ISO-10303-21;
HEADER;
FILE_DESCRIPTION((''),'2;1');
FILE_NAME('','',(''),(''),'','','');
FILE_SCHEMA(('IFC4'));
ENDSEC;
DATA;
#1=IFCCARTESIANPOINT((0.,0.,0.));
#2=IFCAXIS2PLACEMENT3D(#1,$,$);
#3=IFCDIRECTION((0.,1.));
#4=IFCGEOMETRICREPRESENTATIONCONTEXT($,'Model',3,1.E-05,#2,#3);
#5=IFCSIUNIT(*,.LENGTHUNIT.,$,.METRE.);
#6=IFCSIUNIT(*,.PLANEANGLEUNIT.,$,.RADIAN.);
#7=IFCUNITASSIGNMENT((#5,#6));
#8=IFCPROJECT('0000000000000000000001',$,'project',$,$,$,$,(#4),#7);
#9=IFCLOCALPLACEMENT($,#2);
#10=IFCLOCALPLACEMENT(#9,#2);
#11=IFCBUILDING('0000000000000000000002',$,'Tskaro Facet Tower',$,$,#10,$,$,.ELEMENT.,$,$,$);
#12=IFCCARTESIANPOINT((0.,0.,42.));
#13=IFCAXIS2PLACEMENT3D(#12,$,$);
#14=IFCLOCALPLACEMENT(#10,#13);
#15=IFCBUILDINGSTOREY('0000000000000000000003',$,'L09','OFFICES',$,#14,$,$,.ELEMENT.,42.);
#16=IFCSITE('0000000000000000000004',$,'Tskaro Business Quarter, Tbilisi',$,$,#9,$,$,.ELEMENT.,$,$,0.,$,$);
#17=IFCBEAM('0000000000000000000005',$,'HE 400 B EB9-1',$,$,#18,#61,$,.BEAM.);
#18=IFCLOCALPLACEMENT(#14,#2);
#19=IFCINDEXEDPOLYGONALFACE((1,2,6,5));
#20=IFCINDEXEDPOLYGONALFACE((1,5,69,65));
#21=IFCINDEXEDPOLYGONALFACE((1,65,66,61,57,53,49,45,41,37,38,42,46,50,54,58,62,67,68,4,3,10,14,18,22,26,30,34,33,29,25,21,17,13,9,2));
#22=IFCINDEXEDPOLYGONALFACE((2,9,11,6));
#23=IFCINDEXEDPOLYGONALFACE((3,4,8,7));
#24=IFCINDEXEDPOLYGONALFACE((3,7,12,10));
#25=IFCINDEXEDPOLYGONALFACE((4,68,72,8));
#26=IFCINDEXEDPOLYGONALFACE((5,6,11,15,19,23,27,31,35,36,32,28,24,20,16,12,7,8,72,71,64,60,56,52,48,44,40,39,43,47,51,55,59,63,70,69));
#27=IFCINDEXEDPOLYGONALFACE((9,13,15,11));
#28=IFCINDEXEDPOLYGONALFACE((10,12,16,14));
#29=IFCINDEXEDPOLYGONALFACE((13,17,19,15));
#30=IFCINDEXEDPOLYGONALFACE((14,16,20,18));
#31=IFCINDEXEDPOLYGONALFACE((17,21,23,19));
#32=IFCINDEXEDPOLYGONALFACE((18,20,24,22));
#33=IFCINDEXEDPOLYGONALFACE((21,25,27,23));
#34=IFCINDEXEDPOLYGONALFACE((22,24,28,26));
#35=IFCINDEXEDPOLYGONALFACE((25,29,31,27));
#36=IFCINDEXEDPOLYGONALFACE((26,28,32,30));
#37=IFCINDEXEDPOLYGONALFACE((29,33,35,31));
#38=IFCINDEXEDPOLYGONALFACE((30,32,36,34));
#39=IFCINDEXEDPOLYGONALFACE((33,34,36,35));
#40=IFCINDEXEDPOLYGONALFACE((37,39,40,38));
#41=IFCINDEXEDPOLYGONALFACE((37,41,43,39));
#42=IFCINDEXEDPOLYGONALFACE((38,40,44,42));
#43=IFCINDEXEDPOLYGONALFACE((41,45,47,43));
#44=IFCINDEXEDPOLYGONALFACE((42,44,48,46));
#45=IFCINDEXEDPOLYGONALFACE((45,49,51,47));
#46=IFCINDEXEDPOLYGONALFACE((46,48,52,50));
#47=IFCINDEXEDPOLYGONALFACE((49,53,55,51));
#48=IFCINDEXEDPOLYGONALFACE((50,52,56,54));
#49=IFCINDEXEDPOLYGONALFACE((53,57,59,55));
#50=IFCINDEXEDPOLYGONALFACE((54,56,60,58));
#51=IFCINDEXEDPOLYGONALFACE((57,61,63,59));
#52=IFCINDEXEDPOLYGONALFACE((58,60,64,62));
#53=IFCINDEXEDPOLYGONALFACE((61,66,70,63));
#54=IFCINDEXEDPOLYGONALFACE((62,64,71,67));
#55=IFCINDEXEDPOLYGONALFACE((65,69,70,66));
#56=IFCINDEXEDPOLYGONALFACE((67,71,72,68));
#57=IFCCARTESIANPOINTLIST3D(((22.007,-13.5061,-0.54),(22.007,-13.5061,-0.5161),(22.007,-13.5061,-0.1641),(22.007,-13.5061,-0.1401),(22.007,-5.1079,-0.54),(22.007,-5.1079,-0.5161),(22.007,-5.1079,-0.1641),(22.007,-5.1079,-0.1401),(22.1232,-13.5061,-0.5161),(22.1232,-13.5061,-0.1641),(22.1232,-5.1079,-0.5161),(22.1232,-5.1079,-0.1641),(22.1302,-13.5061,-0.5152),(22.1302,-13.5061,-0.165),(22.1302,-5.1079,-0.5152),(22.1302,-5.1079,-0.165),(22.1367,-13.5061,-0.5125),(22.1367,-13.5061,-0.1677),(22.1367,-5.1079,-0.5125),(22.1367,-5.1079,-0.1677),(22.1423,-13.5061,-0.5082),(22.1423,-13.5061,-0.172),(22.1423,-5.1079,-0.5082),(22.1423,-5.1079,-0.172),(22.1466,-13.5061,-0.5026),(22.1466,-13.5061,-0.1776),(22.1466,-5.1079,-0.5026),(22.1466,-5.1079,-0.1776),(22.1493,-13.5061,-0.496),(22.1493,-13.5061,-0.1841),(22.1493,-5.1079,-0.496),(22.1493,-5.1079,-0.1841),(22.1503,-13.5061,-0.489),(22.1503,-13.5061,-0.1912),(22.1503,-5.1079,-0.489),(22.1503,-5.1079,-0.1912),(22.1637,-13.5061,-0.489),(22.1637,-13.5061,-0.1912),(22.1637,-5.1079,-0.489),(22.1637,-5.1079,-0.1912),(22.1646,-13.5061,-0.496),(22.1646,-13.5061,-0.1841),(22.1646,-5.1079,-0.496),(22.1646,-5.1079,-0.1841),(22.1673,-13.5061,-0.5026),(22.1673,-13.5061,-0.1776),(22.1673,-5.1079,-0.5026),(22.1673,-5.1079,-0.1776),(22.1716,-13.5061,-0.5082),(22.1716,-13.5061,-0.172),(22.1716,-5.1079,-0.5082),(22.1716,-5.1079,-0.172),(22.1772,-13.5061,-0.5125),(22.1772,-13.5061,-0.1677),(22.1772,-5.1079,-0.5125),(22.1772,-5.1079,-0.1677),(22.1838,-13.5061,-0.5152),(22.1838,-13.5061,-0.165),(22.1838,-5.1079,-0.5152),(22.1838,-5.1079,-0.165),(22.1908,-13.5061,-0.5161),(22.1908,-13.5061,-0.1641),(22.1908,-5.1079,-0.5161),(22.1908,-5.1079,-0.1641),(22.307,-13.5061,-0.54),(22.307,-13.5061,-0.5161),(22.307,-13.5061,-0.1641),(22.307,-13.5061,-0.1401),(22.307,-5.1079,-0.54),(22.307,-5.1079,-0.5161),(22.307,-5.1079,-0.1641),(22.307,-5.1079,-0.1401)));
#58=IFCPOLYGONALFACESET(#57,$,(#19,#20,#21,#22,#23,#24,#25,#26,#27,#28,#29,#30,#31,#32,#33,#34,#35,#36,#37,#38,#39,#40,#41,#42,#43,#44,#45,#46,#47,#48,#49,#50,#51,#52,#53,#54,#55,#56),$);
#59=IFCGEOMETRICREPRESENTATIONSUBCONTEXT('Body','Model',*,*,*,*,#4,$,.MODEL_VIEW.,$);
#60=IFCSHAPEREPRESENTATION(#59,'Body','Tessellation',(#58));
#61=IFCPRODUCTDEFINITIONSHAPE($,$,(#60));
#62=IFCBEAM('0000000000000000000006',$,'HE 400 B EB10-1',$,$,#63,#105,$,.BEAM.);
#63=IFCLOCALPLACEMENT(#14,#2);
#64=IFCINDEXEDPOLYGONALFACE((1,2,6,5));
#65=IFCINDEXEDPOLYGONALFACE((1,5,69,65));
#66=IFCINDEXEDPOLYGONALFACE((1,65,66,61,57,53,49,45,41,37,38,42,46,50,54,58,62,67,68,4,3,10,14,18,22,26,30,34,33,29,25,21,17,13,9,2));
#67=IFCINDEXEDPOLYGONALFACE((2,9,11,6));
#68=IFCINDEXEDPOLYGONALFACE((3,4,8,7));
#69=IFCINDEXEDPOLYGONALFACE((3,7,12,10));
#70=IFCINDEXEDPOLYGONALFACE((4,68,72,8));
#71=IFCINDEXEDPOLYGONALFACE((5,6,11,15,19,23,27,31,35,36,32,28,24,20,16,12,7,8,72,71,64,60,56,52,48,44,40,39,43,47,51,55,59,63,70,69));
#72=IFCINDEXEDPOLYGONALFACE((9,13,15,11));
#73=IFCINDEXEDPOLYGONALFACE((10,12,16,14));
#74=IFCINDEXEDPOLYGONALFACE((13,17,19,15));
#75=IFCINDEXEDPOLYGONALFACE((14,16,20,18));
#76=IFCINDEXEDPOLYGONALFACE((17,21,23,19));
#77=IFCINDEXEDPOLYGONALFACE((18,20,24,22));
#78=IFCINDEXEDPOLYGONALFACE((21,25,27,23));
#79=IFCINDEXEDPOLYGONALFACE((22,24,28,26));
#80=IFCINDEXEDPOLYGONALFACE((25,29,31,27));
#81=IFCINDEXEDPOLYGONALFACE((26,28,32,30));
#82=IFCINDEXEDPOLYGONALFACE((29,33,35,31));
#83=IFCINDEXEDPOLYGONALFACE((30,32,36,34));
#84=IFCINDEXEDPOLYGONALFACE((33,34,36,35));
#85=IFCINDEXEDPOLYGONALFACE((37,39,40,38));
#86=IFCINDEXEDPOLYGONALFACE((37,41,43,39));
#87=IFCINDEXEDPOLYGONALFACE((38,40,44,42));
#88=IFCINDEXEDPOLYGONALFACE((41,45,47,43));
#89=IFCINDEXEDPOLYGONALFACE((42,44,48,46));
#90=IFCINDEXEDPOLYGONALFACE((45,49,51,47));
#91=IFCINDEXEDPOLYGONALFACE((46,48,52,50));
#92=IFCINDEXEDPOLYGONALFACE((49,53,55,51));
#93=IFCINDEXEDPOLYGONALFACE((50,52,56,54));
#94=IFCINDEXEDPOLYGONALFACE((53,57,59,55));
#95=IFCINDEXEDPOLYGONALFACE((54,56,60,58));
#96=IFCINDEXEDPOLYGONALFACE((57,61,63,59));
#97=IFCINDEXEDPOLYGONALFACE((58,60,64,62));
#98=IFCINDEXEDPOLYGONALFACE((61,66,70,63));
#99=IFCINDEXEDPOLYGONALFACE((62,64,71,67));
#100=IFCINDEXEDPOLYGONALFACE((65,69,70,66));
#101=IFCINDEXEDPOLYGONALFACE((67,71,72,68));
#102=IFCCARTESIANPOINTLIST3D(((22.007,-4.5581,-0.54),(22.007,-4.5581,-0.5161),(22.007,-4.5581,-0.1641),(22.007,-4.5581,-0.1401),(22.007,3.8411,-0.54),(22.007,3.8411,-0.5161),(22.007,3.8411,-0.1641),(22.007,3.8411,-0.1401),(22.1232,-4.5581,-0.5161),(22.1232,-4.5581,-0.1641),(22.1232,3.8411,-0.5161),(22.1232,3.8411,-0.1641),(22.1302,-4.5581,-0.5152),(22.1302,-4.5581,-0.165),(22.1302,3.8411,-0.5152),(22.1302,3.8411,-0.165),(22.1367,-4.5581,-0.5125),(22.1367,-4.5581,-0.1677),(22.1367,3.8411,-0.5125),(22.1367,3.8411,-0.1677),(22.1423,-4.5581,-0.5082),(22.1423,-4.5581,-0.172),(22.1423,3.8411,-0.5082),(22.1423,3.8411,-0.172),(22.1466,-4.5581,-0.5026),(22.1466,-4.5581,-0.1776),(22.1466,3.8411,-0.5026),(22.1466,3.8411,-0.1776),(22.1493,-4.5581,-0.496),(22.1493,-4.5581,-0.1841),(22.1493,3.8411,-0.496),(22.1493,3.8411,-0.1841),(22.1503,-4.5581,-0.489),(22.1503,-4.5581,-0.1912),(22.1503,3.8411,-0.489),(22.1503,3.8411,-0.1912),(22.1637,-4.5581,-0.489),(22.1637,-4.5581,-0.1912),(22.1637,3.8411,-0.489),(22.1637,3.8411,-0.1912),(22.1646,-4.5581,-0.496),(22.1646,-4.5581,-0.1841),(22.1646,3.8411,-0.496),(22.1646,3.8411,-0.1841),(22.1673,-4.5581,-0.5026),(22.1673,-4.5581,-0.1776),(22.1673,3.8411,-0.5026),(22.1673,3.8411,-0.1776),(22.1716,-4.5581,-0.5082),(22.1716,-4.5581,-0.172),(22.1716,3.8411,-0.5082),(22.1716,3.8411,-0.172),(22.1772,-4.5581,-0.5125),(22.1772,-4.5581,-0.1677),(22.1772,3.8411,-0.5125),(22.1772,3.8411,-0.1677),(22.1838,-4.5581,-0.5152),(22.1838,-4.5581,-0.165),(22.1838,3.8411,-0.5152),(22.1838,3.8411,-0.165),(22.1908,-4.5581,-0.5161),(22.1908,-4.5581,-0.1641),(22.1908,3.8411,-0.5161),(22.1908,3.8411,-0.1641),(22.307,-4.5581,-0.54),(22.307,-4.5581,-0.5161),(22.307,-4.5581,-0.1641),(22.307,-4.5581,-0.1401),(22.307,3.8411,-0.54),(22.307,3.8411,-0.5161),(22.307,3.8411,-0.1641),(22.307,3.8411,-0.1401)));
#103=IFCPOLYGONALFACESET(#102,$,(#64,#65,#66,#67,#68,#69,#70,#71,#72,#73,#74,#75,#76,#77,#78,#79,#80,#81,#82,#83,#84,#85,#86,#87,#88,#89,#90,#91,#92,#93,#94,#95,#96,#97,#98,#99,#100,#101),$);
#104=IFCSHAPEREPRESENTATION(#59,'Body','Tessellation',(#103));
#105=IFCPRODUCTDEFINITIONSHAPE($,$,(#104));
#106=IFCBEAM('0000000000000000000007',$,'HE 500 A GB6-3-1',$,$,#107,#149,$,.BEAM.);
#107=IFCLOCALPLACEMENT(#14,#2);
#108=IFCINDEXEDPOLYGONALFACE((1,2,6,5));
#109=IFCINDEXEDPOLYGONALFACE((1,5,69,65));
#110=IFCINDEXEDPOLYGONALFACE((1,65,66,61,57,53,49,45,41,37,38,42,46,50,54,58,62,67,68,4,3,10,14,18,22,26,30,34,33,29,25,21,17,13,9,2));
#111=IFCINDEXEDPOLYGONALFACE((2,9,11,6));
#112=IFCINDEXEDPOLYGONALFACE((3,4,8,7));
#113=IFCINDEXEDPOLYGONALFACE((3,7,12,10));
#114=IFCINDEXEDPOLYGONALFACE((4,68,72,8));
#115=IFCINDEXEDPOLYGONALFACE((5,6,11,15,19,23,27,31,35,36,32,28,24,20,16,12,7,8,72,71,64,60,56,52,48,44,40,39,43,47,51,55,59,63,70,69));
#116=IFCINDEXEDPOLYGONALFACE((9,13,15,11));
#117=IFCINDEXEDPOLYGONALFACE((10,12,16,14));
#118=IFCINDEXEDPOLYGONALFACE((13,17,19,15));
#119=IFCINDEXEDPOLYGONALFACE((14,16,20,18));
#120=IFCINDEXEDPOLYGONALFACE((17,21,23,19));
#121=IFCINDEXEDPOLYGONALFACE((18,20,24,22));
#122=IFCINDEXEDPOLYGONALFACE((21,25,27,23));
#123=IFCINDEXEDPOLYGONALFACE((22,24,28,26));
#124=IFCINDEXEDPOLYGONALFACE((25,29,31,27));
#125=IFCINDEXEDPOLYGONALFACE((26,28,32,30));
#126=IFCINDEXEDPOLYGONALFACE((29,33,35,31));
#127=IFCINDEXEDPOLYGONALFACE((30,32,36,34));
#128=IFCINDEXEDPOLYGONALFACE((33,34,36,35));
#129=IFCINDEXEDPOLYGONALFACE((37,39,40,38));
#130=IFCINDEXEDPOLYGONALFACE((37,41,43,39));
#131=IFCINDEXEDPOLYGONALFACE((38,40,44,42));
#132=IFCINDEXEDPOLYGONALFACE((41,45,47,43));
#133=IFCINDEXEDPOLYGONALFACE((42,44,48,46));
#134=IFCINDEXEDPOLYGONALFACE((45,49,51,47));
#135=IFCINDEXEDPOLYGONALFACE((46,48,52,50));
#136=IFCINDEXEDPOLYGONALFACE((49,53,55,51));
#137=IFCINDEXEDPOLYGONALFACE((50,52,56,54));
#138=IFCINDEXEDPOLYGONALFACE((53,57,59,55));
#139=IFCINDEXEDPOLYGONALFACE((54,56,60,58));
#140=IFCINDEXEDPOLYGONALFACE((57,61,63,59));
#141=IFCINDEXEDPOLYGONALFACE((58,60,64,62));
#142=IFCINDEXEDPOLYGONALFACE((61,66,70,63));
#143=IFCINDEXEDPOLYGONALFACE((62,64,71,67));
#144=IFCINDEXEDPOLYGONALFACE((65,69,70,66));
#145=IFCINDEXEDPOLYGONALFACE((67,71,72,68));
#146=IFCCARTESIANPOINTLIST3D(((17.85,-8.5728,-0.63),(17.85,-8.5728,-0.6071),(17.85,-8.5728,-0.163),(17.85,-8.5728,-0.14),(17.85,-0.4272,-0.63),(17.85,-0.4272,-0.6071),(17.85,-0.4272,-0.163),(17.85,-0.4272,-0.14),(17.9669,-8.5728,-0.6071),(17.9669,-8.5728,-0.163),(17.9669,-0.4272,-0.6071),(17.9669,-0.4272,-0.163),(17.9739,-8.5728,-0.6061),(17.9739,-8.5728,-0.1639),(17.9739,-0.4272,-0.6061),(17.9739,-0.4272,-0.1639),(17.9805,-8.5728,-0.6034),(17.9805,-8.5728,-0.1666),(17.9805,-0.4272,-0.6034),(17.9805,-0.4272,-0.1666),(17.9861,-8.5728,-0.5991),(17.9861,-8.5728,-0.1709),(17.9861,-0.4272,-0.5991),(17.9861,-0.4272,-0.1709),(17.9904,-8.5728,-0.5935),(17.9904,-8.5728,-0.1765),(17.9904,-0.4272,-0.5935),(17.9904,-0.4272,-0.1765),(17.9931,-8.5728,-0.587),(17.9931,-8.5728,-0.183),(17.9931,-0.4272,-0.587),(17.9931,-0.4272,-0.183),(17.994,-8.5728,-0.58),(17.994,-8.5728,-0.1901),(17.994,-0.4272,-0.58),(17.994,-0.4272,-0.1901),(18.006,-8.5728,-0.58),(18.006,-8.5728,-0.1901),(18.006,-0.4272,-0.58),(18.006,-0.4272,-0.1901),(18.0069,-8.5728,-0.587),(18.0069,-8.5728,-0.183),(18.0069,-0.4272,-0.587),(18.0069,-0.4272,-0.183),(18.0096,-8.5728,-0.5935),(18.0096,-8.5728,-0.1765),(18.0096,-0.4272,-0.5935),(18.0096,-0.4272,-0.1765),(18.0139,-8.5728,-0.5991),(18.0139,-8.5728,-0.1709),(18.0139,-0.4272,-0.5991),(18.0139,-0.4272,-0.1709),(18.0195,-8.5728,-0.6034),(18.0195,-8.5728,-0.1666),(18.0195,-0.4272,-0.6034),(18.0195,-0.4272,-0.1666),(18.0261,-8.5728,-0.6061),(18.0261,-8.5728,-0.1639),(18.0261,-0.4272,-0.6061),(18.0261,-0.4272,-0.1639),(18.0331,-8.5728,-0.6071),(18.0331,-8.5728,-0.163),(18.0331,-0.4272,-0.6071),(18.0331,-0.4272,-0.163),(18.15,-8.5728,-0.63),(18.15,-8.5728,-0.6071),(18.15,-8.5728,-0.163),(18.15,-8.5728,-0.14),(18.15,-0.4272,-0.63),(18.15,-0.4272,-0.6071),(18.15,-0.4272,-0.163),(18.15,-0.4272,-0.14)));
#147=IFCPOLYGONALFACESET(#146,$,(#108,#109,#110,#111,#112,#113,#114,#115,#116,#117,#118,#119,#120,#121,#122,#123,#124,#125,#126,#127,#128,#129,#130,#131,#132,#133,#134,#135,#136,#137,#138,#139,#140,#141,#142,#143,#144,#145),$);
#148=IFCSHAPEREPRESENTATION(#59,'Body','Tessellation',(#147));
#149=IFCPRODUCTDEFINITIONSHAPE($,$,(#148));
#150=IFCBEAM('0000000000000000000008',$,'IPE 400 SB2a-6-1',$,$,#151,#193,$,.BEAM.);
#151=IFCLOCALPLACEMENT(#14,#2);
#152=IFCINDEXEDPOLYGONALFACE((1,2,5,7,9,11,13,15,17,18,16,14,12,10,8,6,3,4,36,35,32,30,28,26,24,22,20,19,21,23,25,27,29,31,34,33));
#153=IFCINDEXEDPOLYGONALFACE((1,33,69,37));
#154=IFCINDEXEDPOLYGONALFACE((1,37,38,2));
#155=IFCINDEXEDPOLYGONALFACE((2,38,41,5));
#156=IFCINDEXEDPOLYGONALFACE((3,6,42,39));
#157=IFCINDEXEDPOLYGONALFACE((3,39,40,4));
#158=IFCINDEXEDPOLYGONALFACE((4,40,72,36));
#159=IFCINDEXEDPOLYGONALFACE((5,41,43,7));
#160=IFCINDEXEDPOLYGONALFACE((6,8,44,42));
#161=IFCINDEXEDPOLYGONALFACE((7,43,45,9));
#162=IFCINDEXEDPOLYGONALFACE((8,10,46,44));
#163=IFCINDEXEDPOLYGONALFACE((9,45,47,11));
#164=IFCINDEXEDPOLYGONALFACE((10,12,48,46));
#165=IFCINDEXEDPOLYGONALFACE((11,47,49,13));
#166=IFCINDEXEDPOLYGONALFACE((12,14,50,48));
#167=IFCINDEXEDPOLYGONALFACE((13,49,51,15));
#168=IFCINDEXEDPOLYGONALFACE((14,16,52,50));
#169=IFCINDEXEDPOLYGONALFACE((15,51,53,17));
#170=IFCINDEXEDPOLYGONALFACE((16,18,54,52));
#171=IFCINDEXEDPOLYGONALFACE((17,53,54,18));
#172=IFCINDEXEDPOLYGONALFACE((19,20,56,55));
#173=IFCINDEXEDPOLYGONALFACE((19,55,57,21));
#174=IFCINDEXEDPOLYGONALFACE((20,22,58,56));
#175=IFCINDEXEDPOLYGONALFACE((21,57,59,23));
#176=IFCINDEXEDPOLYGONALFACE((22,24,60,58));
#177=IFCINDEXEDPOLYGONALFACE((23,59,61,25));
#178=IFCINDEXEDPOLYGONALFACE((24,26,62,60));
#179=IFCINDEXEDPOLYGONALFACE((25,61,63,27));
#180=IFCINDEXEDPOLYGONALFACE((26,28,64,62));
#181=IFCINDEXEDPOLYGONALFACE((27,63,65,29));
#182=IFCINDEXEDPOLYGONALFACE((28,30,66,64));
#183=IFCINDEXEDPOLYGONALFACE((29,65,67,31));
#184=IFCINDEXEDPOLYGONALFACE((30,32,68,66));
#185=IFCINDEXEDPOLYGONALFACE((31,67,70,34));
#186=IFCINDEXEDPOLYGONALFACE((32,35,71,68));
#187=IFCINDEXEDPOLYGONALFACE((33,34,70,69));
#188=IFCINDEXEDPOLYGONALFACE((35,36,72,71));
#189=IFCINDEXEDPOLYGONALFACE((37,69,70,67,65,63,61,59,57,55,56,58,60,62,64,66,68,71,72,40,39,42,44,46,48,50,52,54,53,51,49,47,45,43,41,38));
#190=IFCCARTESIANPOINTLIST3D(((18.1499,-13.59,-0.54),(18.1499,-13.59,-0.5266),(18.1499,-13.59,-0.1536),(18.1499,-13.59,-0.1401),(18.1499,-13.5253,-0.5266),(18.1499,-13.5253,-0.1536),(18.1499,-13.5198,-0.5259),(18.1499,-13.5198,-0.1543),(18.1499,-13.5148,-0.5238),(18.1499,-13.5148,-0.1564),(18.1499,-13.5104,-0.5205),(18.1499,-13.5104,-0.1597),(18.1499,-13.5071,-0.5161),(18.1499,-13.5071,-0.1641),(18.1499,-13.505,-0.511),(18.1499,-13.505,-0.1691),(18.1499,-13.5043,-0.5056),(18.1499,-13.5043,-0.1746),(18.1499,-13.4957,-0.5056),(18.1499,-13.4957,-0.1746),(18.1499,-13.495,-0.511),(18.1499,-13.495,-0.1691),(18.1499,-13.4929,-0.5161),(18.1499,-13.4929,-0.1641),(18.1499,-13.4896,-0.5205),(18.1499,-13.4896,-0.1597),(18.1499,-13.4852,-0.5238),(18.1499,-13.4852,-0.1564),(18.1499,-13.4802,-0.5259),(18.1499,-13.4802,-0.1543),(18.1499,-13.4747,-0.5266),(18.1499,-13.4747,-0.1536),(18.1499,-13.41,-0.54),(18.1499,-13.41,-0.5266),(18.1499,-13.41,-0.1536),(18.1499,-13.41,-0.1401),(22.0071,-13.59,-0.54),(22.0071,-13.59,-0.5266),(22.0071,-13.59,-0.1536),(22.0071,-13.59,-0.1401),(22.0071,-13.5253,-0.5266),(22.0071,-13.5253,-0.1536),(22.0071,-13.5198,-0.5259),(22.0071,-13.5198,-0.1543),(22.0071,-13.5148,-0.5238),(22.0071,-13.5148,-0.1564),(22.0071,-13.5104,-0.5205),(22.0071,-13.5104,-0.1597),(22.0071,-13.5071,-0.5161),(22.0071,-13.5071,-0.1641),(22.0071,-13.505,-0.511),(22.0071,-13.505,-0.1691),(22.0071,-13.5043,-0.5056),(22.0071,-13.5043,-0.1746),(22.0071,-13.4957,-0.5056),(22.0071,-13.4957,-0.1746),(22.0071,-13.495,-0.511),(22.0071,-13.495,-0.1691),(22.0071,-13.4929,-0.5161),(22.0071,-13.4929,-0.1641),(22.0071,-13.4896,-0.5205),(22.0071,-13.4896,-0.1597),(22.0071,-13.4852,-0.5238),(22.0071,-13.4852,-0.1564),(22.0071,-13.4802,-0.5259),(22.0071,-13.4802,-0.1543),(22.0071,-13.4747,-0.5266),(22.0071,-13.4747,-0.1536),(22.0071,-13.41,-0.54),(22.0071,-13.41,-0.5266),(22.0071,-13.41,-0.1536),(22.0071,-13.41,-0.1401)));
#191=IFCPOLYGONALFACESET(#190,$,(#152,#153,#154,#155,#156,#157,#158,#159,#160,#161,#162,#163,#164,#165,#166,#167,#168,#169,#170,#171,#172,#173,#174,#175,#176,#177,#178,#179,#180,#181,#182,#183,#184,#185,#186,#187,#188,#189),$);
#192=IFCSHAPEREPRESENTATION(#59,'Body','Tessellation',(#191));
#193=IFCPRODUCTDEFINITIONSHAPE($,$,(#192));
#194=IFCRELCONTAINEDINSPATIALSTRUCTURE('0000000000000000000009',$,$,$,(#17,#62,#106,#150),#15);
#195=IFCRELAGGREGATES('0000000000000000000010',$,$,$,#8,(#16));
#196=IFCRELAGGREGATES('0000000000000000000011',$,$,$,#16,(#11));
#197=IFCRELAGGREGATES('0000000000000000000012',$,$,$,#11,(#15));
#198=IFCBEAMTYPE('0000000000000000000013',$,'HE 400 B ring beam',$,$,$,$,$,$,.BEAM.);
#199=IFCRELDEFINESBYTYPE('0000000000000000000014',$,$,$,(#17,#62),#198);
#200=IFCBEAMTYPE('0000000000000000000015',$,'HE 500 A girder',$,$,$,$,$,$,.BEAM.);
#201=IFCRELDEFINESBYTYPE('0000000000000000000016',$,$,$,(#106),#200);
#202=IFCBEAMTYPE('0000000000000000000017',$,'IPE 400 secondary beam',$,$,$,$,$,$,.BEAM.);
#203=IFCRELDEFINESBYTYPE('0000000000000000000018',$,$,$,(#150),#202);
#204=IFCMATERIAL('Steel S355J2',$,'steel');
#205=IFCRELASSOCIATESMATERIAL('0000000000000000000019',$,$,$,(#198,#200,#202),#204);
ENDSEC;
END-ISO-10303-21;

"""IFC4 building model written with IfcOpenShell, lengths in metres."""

from ifc_helpers import new_model, si_unit, direction, frame, origin, origin_2d, place, context, subcontext, project, spatial, i_section, extrude, material, material_profile, profile_set, type_object, element, save


model = new_model("IFC4")

# Units and contexts
model_context = context("Model", 3, precision=1e-05, world=origin(), true_north=direction((0.0, 1.0)))
body_context = subcontext(model_context, "Body", "Model", "MODEL_VIEW")
ifc_project = project(units=[si_unit("LENGTHUNIT", "METRE"), si_unit("PLANEANGLEUNIT", "RADIAN")], contexts=[model_context])

# Site, building, storey
site_placement = place(None, origin())
site = spatial("IfcSite", under=ifc_project, at=site_placement, Name="Tskaro Business Quarter, Tbilisi", CompositionType="ELEMENT", RefElevation=0.0)
building_placement = place(site_placement, origin())
building = spatial("IfcBuilding", under=site, at=building_placement, Name="Tskaro Facet Tower", CompositionType="ELEMENT")
storey_placement = place(building_placement, frame((0.0, 0.0, 42.0)))
storey = spatial("IfcBuildingStorey", under=building, at=storey_placement, Name="L09", Description="OFFICES", CompositionType="ELEMENT", Elevation=42.0)

# Beams
ifc_material_1 = material(Name="Steel S355J2", Category="steel")
ifc_material_profile_1 = material_profile(ifc_material_1, i_section(OverallWidth=0.3, OverallDepth=0.3999, WebThickness=0.0134, FlangeThickness=0.0239, FilletRadius=0.0271, at=origin_2d()), Name="HE 400 B")
ifc_profile_set_1 = profile_set([ifc_material_profile_1], Name="Steel S355J2")
beam_type_1 = type_object("IfcBeamType", Name="HE 400 B ring beam", PredefinedType="BEAM", material=ifc_profile_set_1)
beam_1_placement = place(storey_placement, frame((22.157, -13.5061, -0.3401), z_axis=(0.0, 1.0, 0.0), x_axis=(-1.0, 0.0, 0.0)))
element("IfcBeam", 1, at=beam_1_placement, inside=storey, type_object=beam_type_1, Name="HE 400 B EB9-1", PredefinedType="BEAM", context=body_context, shape_type="SweptSolid", body=[
    extrude(i_section(OverallWidth=0.3, OverallDepth=0.3999, WebThickness=0.0134, FlangeThickness=0.0239, FilletRadius=0.0271, at=origin_2d()), origin(), (0.0, 0.0, 1.0), 8.3982),
])
beam_2_placement = place(storey_placement, frame((22.157, -4.5581, -0.3401), z_axis=(0.0, 1.0, 0.0), x_axis=(-1.0, 0.0, 0.0)))
element("IfcBeam", 2, at=beam_2_placement, inside=storey, type_object=beam_type_1, Name="HE 400 B EB10-1", PredefinedType="BEAM", context=body_context, shape_type="SweptSolid", body=[
    extrude(i_section(OverallWidth=0.3, OverallDepth=0.3999, WebThickness=0.0134, FlangeThickness=0.0239, FilletRadius=0.0271, at=origin_2d()), origin(), (0.0, 0.0, 1.0), 8.3992),
])
ifc_material_profile_2 = material_profile(ifc_material_1, i_section(OverallWidth=0.3, OverallDepth=0.49, WebThickness=0.012, FlangeThickness=0.0229, FilletRadius=0.0271, at=origin_2d()), Name="HE 500 A")
ifc_profile_set_2 = profile_set([ifc_material_profile_2], Name="Steel S355J2")
beam_type_2 = type_object("IfcBeamType", Name="HE 500 A girder", PredefinedType="BEAM", material=ifc_profile_set_2)
beam_3_placement = place(storey_placement, frame((18.0, -8.5728, -0.385), z_axis=(0.0, 1.0, 0.0), x_axis=(-1.0, 0.0, 0.0)))
element("IfcBeam", 3, at=beam_3_placement, inside=storey, type_object=beam_type_2, Name="HE 500 A GB6-3-1", PredefinedType="BEAM", context=body_context, shape_type="SweptSolid", body=[
    extrude(i_section(OverallWidth=0.3, OverallDepth=0.49, WebThickness=0.012, FlangeThickness=0.0229, FilletRadius=0.0271, at=origin_2d()), origin(), (0.0, 0.0, 1.0), 8.1455),
])
ifc_material_profile_3 = material_profile(ifc_material_1, i_section(OverallWidth=0.1799, OverallDepth=0.3999, WebThickness=0.0085, FlangeThickness=0.0134, FilletRadius=0.021, at=origin_2d()), Name="IPE 400")
ifc_profile_set_3 = profile_set([ifc_material_profile_3], Name="Steel S355J2")
beam_type_3 = type_object("IfcBeamType", Name="IPE 400 secondary beam", PredefinedType="BEAM", material=ifc_profile_set_3)
for number, where, z_axis, x_axis, name in (
    (4, (18.1499, -13.5, -0.3401), (1.0, 0.0, 0.0), (0.0, 1.0, 0.0), "IPE 400 SB2a-6-1"),
):
    element("IfcBeam", number, at=place(storey_placement, frame(where, z_axis=z_axis, x_axis=x_axis)), inside=storey, type_object=beam_type_3, Name=name, PredefinedType="BEAM", context=body_context, shape_type="SweptSolid", body=[
        extrude(i_section(OverallWidth=0.1799, OverallDepth=0.3999, WebThickness=0.0085, FlangeThickness=0.0134, FilletRadius=0.021, at=origin_2d()), origin(), (0.0, 0.0, 1.0), 3.8572),
    ])

save(model, "model.ifc")
